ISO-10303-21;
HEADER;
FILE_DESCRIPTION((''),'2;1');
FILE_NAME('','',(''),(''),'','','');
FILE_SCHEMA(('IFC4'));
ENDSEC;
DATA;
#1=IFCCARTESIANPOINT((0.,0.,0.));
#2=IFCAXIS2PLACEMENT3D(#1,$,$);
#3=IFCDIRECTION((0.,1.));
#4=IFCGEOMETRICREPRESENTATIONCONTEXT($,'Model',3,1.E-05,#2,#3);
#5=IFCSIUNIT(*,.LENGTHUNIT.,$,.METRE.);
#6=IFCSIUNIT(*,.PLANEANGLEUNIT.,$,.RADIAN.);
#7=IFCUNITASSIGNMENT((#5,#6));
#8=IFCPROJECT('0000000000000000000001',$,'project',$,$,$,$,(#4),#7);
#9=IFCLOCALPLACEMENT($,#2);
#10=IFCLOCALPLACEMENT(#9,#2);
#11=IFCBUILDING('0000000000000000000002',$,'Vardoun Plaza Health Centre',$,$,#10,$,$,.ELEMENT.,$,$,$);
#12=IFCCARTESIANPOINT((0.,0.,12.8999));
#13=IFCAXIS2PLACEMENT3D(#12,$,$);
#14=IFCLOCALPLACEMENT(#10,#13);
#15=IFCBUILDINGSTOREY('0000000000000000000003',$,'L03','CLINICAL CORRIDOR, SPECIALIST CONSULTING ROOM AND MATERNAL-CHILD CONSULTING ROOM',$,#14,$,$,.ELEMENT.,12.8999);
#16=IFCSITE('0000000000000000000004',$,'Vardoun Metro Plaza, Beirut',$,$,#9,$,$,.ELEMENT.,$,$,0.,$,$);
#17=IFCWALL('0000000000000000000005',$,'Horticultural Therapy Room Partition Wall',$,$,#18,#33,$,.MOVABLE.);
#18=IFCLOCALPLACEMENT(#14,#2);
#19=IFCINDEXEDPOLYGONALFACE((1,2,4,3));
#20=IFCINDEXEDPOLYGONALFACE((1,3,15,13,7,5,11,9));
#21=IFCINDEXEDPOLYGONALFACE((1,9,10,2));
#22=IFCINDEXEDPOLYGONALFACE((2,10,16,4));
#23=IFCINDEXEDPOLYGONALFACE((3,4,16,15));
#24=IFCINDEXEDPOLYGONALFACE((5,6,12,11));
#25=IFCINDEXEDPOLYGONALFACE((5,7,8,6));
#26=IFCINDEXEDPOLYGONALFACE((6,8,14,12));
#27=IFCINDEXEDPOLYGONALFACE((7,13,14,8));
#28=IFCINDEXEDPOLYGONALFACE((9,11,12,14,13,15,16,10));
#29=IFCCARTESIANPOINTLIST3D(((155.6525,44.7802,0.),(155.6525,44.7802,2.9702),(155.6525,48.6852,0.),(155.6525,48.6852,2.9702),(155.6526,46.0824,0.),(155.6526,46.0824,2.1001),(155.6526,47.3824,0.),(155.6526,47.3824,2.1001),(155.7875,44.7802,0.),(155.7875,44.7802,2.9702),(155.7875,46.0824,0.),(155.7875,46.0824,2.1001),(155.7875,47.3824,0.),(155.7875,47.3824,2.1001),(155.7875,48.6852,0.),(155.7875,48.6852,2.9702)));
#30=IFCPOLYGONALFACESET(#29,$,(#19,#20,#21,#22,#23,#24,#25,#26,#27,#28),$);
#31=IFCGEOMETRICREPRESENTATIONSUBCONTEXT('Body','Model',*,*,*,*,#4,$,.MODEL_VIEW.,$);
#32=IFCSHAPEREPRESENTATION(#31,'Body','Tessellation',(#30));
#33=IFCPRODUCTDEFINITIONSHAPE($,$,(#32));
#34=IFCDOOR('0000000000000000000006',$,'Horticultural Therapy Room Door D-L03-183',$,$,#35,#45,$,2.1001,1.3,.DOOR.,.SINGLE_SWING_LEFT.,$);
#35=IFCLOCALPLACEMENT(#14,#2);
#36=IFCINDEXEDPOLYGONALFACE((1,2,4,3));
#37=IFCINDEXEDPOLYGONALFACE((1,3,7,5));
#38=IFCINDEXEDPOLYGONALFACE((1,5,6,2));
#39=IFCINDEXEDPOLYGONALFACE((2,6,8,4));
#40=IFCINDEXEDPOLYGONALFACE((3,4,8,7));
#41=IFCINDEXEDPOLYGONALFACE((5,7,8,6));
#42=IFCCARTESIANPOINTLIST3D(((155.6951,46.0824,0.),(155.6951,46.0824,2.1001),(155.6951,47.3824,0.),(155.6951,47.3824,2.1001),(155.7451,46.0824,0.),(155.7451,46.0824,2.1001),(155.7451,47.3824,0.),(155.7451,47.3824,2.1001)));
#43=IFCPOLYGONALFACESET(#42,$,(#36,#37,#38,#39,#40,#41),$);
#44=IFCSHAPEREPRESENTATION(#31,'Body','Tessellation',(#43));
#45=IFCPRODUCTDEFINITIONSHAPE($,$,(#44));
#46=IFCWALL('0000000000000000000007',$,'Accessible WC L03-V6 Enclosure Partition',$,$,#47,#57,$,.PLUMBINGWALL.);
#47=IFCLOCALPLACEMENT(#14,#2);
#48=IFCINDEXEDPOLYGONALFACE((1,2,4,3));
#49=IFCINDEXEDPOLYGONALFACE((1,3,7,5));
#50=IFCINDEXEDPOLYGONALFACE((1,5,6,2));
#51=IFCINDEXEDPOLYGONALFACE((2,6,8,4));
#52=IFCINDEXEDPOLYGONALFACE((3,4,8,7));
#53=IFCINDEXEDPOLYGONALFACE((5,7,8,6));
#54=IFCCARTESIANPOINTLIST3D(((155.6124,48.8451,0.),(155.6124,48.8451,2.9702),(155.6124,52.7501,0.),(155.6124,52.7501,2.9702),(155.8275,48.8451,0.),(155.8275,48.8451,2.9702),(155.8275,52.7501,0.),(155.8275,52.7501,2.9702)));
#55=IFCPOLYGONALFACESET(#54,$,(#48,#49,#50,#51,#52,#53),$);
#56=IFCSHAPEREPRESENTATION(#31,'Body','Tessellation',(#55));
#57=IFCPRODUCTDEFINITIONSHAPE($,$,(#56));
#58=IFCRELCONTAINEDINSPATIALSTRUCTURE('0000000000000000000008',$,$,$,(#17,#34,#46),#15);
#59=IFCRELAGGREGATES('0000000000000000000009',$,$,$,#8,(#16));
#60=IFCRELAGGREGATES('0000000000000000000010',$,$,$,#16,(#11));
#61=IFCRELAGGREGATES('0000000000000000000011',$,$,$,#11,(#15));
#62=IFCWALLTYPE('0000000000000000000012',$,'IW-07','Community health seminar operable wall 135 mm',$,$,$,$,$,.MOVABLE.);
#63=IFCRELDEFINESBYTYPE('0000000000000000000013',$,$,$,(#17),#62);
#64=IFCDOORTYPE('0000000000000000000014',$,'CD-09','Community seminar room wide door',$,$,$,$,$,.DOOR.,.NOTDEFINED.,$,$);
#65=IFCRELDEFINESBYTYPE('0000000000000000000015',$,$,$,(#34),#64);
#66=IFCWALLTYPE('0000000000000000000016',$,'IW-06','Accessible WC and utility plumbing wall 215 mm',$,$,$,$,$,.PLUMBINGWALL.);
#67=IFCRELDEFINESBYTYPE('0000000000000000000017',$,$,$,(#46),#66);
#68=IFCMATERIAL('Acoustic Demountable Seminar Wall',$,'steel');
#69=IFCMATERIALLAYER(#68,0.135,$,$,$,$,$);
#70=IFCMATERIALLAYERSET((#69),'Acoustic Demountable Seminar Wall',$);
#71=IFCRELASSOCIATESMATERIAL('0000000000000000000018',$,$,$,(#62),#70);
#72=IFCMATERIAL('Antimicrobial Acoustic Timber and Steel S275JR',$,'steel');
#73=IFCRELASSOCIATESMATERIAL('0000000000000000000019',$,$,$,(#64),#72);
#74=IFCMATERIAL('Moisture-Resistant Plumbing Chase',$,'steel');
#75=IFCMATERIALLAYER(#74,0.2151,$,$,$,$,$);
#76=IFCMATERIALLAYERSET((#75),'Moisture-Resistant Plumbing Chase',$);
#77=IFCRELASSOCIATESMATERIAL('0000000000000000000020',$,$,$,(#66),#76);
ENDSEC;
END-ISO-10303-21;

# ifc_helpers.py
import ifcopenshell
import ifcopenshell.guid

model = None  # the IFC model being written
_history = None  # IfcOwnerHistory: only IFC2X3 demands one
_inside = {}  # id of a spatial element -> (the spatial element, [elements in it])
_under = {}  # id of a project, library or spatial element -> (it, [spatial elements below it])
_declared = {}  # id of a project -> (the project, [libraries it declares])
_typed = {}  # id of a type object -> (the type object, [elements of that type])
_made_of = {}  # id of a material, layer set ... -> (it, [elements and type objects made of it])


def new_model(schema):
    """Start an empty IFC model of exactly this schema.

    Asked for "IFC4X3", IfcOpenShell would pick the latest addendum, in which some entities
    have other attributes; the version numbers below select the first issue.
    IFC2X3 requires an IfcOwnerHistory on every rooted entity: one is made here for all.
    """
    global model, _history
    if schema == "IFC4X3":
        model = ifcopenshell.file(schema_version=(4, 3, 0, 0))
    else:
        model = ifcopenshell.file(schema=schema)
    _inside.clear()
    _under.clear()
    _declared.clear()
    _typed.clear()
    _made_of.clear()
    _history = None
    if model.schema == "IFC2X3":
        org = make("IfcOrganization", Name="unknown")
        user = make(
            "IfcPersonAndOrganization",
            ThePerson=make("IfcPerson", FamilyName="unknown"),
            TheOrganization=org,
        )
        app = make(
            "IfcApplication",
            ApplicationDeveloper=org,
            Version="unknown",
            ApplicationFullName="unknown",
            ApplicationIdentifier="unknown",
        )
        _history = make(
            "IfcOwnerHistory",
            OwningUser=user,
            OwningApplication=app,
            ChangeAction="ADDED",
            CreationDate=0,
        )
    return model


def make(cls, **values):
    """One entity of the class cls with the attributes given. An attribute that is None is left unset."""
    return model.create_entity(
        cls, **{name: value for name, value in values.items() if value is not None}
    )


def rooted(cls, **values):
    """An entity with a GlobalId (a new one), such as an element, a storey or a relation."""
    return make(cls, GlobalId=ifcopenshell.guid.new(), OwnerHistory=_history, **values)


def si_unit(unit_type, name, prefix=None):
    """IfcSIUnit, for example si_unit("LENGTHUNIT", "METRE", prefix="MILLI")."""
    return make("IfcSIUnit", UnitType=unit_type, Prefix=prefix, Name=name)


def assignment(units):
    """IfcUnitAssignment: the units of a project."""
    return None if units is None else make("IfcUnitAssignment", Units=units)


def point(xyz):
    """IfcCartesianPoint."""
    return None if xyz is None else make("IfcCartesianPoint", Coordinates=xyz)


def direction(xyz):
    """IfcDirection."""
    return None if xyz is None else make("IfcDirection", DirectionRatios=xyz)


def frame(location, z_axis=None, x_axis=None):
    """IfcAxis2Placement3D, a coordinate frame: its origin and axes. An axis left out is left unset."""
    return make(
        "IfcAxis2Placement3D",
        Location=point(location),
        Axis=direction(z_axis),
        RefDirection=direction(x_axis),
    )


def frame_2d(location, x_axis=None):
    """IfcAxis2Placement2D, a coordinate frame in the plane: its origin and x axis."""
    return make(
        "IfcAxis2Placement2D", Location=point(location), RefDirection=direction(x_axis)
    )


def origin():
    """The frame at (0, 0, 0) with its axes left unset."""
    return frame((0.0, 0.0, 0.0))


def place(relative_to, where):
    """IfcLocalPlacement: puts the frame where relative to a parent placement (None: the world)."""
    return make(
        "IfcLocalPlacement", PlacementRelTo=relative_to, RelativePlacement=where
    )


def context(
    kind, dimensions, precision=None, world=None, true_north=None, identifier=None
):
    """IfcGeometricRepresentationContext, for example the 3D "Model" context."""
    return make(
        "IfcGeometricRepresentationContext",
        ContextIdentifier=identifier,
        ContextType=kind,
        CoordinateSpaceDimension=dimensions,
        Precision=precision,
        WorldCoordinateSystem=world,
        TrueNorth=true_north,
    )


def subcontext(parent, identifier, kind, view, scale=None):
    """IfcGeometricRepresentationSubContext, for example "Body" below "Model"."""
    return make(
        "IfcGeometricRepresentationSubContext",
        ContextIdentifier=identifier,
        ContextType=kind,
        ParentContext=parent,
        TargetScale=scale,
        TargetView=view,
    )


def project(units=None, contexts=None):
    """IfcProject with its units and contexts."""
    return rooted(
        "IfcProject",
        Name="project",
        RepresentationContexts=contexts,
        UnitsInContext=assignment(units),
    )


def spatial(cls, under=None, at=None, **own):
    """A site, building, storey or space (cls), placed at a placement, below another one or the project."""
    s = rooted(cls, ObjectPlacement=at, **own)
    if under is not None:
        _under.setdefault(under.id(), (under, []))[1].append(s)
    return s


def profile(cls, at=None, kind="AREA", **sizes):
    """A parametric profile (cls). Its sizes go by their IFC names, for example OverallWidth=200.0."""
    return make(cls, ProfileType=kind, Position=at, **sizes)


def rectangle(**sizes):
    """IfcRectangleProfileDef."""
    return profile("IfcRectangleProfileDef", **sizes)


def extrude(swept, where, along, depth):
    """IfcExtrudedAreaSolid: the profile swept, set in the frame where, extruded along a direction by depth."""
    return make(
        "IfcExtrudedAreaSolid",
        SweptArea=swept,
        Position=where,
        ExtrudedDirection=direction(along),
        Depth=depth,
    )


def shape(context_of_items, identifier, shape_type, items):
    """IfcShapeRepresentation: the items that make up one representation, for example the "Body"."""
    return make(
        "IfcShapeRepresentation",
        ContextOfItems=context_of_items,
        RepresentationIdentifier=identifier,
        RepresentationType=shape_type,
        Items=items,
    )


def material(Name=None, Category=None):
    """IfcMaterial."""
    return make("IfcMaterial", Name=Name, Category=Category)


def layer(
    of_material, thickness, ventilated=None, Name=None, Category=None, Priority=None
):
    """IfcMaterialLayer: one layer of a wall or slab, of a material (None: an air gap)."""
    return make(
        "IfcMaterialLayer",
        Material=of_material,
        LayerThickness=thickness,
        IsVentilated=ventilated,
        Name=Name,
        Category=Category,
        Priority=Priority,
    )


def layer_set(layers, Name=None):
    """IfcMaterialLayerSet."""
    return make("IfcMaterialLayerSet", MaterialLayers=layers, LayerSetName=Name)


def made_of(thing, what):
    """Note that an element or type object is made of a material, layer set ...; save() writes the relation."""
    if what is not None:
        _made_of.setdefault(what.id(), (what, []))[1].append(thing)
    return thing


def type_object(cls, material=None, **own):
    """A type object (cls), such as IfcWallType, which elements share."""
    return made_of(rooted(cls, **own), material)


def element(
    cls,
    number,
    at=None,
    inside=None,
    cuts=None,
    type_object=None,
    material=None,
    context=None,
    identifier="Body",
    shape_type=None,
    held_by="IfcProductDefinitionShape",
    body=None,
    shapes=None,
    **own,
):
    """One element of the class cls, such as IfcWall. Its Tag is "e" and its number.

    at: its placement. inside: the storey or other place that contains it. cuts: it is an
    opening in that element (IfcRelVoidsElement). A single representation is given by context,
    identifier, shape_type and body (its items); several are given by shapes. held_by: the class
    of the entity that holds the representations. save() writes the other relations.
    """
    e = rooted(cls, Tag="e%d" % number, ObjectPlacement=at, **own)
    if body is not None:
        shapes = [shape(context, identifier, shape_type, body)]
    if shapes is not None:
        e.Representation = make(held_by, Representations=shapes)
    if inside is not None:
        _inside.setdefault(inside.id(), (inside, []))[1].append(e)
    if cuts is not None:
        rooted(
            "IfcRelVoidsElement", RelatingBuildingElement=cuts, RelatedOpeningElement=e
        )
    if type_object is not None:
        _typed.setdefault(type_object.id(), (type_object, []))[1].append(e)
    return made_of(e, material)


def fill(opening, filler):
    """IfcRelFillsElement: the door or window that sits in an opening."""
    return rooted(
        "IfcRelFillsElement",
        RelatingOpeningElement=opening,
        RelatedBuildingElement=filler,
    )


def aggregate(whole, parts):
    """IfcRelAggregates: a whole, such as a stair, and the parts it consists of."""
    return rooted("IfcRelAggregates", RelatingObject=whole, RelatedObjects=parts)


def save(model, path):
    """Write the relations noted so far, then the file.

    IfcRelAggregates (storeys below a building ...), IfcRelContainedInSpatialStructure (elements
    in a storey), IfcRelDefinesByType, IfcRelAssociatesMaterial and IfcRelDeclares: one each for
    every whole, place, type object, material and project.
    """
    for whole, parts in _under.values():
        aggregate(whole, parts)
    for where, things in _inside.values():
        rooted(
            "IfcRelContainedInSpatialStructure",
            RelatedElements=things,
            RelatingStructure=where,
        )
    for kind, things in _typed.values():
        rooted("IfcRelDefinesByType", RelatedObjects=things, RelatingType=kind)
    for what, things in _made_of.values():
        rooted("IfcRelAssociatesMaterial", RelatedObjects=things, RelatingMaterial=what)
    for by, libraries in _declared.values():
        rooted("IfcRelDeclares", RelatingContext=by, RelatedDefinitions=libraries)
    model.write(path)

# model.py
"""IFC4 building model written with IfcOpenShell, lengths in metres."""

from ifc_helpers import new_model, si_unit, direction, frame, frame_2d, origin, place, context, subcontext, project, spatial, rectangle, extrude, material, layer, layer_set, type_object, element, fill, save


model = new_model("IFC4")

# Units and contexts
model_context = context("Model", 3, precision=1e-05, world=origin(), true_north=direction((0.0, 1.0)))
body_context = subcontext(model_context, "Body", "Model", "MODEL_VIEW")
ifc_project = project(units=[si_unit("LENGTHUNIT", "METRE"), si_unit("PLANEANGLEUNIT", "RADIAN")], contexts=[model_context])

# Site, building, storey
site_placement = place(None, origin())
site = spatial("IfcSite", under=ifc_project, at=site_placement, Name="Vardoun Metro Plaza, Beirut", CompositionType="ELEMENT", RefElevation=0.0)
building_placement = place(site_placement, origin())
building = spatial("IfcBuilding", under=site, at=building_placement, Name="Vardoun Plaza Health Centre", CompositionType="ELEMENT")
storey_placement = place(building_placement, frame((0.0, 0.0, 12.8999)))
storey = spatial("IfcBuildingStorey", under=building, at=storey_placement, Name="L03", Description="CLINICAL CORRIDOR, SPECIALIST CONSULTING ROOM AND MATERNAL-CHILD CONSULTING ROOM", CompositionType="ELEMENT", Elevation=12.8999)

# Wall, opening, door
ifc_material_1 = material(Name="Acoustic Demountable Seminar Wall", Category="steel")
ifc_layer_1 = layer(ifc_material_1, 0.135)
ifc_layer_set_1 = layer_set([ifc_layer_1], Name="Acoustic Demountable Seminar Wall")
wall_type_1 = type_object("IfcWallType", Name="IW-07", Description="Community health seminar operable wall 135 mm", PredefinedType="MOVABLE", material=ifc_layer_set_1)
wall_1_placement = place(storey_placement, frame((155.72, 44.78, 0.0), z_axis=(0.0, 0.0, 1.0), x_axis=(0.0, 1.0, 0.0)))
wall_1 = element("IfcWall", 1, at=wall_1_placement, inside=storey, type_object=wall_type_1, Name="Horticultural Therapy Room Partition Wall", PredefinedType="MOVABLE", context=body_context, shape_type="SweptSolid", body=[
    extrude(rectangle(XDim=3.905, YDim=0.135, at=frame_2d((1.9526, 0.0))), origin(), (0.0, 0.0, 1.0), 2.9702),
])
opening_1_placement = place(wall_1_placement, frame((1.3025, 0.0, 0.0)))
opening_1 = element("IfcOpeningElement", 2, at=opening_1_placement, cuts=wall_1, PredefinedType="OPENING", context=body_context, shape_type="SweptSolid", body=[
    extrude(rectangle(XDim=1.3, YDim=2.1001, at=frame_2d((0.6499, 1.05))), frame((0.0, 0.0674, 0.0), z_axis=(0.0, -1.0, 0.0), x_axis=(1.0, 0.0, 0.0)), (0.0, 0.0, 1.0), 0.135),
])
ifc_material_2 = material(Name="Antimicrobial Acoustic Timber and Steel S275JR", Category="steel")
door_type = type_object("IfcDoorType", Name="CD-09", Description="Community seminar room wide door", OperationType="NOTDEFINED", PredefinedType="DOOR", material=ifc_material_2)
door_placement = place(opening_1_placement, origin())
door = element("IfcDoor", 3, at=door_placement, inside=storey, type_object=door_type, Name="Horticultural Therapy Room Door D-L03-183", OperationType="SINGLE_SWING_LEFT", OverallHeight=2.1001, OverallWidth=1.3, PredefinedType="DOOR", context=body_context, shape_type="SweptSolid", body=[
    extrude(rectangle(XDim=1.3, YDim=2.1001, at=frame_2d((0.6499, 1.05))), frame((0.0, 0.0249, 0.0), z_axis=(0.0, -1.0, 0.0), x_axis=(1.0, 0.0, 0.0)), (0.0, 0.0, 1.0), 0.05),
])
fill(opening_1, door)

# Wall
ifc_material_3 = material(Name="Moisture-Resistant Plumbing Chase", Category="steel")
ifc_layer_2 = layer(ifc_material_3, 0.2151)
ifc_layer_set_2 = layer_set([ifc_layer_2], Name="Moisture-Resistant Plumbing Chase")
wall_type_2 = type_object("IfcWallType", Name="IW-06", Description="Accessible WC and utility plumbing wall 215 mm", PredefinedType="PLUMBINGWALL", material=ifc_layer_set_2)
wall_2_placement = place(storey_placement, frame((155.72, 48.845, 0.0), z_axis=(0.0, 0.0, 1.0), x_axis=(0.0, 1.0, 0.0)))
element("IfcWall", 4, at=wall_2_placement, inside=storey, type_object=wall_type_2, Name="Accessible WC L03-V6 Enclosure Partition", PredefinedType="PLUMBINGWALL", context=body_context, shape_type="SweptSolid", body=[
    extrude(rectangle(XDim=3.905, YDim=0.2151, at=frame_2d((1.9526, 0.0))), origin(), (0.0, 0.0, 1.0), 2.9702),
])

save(model, "model.ifc")
